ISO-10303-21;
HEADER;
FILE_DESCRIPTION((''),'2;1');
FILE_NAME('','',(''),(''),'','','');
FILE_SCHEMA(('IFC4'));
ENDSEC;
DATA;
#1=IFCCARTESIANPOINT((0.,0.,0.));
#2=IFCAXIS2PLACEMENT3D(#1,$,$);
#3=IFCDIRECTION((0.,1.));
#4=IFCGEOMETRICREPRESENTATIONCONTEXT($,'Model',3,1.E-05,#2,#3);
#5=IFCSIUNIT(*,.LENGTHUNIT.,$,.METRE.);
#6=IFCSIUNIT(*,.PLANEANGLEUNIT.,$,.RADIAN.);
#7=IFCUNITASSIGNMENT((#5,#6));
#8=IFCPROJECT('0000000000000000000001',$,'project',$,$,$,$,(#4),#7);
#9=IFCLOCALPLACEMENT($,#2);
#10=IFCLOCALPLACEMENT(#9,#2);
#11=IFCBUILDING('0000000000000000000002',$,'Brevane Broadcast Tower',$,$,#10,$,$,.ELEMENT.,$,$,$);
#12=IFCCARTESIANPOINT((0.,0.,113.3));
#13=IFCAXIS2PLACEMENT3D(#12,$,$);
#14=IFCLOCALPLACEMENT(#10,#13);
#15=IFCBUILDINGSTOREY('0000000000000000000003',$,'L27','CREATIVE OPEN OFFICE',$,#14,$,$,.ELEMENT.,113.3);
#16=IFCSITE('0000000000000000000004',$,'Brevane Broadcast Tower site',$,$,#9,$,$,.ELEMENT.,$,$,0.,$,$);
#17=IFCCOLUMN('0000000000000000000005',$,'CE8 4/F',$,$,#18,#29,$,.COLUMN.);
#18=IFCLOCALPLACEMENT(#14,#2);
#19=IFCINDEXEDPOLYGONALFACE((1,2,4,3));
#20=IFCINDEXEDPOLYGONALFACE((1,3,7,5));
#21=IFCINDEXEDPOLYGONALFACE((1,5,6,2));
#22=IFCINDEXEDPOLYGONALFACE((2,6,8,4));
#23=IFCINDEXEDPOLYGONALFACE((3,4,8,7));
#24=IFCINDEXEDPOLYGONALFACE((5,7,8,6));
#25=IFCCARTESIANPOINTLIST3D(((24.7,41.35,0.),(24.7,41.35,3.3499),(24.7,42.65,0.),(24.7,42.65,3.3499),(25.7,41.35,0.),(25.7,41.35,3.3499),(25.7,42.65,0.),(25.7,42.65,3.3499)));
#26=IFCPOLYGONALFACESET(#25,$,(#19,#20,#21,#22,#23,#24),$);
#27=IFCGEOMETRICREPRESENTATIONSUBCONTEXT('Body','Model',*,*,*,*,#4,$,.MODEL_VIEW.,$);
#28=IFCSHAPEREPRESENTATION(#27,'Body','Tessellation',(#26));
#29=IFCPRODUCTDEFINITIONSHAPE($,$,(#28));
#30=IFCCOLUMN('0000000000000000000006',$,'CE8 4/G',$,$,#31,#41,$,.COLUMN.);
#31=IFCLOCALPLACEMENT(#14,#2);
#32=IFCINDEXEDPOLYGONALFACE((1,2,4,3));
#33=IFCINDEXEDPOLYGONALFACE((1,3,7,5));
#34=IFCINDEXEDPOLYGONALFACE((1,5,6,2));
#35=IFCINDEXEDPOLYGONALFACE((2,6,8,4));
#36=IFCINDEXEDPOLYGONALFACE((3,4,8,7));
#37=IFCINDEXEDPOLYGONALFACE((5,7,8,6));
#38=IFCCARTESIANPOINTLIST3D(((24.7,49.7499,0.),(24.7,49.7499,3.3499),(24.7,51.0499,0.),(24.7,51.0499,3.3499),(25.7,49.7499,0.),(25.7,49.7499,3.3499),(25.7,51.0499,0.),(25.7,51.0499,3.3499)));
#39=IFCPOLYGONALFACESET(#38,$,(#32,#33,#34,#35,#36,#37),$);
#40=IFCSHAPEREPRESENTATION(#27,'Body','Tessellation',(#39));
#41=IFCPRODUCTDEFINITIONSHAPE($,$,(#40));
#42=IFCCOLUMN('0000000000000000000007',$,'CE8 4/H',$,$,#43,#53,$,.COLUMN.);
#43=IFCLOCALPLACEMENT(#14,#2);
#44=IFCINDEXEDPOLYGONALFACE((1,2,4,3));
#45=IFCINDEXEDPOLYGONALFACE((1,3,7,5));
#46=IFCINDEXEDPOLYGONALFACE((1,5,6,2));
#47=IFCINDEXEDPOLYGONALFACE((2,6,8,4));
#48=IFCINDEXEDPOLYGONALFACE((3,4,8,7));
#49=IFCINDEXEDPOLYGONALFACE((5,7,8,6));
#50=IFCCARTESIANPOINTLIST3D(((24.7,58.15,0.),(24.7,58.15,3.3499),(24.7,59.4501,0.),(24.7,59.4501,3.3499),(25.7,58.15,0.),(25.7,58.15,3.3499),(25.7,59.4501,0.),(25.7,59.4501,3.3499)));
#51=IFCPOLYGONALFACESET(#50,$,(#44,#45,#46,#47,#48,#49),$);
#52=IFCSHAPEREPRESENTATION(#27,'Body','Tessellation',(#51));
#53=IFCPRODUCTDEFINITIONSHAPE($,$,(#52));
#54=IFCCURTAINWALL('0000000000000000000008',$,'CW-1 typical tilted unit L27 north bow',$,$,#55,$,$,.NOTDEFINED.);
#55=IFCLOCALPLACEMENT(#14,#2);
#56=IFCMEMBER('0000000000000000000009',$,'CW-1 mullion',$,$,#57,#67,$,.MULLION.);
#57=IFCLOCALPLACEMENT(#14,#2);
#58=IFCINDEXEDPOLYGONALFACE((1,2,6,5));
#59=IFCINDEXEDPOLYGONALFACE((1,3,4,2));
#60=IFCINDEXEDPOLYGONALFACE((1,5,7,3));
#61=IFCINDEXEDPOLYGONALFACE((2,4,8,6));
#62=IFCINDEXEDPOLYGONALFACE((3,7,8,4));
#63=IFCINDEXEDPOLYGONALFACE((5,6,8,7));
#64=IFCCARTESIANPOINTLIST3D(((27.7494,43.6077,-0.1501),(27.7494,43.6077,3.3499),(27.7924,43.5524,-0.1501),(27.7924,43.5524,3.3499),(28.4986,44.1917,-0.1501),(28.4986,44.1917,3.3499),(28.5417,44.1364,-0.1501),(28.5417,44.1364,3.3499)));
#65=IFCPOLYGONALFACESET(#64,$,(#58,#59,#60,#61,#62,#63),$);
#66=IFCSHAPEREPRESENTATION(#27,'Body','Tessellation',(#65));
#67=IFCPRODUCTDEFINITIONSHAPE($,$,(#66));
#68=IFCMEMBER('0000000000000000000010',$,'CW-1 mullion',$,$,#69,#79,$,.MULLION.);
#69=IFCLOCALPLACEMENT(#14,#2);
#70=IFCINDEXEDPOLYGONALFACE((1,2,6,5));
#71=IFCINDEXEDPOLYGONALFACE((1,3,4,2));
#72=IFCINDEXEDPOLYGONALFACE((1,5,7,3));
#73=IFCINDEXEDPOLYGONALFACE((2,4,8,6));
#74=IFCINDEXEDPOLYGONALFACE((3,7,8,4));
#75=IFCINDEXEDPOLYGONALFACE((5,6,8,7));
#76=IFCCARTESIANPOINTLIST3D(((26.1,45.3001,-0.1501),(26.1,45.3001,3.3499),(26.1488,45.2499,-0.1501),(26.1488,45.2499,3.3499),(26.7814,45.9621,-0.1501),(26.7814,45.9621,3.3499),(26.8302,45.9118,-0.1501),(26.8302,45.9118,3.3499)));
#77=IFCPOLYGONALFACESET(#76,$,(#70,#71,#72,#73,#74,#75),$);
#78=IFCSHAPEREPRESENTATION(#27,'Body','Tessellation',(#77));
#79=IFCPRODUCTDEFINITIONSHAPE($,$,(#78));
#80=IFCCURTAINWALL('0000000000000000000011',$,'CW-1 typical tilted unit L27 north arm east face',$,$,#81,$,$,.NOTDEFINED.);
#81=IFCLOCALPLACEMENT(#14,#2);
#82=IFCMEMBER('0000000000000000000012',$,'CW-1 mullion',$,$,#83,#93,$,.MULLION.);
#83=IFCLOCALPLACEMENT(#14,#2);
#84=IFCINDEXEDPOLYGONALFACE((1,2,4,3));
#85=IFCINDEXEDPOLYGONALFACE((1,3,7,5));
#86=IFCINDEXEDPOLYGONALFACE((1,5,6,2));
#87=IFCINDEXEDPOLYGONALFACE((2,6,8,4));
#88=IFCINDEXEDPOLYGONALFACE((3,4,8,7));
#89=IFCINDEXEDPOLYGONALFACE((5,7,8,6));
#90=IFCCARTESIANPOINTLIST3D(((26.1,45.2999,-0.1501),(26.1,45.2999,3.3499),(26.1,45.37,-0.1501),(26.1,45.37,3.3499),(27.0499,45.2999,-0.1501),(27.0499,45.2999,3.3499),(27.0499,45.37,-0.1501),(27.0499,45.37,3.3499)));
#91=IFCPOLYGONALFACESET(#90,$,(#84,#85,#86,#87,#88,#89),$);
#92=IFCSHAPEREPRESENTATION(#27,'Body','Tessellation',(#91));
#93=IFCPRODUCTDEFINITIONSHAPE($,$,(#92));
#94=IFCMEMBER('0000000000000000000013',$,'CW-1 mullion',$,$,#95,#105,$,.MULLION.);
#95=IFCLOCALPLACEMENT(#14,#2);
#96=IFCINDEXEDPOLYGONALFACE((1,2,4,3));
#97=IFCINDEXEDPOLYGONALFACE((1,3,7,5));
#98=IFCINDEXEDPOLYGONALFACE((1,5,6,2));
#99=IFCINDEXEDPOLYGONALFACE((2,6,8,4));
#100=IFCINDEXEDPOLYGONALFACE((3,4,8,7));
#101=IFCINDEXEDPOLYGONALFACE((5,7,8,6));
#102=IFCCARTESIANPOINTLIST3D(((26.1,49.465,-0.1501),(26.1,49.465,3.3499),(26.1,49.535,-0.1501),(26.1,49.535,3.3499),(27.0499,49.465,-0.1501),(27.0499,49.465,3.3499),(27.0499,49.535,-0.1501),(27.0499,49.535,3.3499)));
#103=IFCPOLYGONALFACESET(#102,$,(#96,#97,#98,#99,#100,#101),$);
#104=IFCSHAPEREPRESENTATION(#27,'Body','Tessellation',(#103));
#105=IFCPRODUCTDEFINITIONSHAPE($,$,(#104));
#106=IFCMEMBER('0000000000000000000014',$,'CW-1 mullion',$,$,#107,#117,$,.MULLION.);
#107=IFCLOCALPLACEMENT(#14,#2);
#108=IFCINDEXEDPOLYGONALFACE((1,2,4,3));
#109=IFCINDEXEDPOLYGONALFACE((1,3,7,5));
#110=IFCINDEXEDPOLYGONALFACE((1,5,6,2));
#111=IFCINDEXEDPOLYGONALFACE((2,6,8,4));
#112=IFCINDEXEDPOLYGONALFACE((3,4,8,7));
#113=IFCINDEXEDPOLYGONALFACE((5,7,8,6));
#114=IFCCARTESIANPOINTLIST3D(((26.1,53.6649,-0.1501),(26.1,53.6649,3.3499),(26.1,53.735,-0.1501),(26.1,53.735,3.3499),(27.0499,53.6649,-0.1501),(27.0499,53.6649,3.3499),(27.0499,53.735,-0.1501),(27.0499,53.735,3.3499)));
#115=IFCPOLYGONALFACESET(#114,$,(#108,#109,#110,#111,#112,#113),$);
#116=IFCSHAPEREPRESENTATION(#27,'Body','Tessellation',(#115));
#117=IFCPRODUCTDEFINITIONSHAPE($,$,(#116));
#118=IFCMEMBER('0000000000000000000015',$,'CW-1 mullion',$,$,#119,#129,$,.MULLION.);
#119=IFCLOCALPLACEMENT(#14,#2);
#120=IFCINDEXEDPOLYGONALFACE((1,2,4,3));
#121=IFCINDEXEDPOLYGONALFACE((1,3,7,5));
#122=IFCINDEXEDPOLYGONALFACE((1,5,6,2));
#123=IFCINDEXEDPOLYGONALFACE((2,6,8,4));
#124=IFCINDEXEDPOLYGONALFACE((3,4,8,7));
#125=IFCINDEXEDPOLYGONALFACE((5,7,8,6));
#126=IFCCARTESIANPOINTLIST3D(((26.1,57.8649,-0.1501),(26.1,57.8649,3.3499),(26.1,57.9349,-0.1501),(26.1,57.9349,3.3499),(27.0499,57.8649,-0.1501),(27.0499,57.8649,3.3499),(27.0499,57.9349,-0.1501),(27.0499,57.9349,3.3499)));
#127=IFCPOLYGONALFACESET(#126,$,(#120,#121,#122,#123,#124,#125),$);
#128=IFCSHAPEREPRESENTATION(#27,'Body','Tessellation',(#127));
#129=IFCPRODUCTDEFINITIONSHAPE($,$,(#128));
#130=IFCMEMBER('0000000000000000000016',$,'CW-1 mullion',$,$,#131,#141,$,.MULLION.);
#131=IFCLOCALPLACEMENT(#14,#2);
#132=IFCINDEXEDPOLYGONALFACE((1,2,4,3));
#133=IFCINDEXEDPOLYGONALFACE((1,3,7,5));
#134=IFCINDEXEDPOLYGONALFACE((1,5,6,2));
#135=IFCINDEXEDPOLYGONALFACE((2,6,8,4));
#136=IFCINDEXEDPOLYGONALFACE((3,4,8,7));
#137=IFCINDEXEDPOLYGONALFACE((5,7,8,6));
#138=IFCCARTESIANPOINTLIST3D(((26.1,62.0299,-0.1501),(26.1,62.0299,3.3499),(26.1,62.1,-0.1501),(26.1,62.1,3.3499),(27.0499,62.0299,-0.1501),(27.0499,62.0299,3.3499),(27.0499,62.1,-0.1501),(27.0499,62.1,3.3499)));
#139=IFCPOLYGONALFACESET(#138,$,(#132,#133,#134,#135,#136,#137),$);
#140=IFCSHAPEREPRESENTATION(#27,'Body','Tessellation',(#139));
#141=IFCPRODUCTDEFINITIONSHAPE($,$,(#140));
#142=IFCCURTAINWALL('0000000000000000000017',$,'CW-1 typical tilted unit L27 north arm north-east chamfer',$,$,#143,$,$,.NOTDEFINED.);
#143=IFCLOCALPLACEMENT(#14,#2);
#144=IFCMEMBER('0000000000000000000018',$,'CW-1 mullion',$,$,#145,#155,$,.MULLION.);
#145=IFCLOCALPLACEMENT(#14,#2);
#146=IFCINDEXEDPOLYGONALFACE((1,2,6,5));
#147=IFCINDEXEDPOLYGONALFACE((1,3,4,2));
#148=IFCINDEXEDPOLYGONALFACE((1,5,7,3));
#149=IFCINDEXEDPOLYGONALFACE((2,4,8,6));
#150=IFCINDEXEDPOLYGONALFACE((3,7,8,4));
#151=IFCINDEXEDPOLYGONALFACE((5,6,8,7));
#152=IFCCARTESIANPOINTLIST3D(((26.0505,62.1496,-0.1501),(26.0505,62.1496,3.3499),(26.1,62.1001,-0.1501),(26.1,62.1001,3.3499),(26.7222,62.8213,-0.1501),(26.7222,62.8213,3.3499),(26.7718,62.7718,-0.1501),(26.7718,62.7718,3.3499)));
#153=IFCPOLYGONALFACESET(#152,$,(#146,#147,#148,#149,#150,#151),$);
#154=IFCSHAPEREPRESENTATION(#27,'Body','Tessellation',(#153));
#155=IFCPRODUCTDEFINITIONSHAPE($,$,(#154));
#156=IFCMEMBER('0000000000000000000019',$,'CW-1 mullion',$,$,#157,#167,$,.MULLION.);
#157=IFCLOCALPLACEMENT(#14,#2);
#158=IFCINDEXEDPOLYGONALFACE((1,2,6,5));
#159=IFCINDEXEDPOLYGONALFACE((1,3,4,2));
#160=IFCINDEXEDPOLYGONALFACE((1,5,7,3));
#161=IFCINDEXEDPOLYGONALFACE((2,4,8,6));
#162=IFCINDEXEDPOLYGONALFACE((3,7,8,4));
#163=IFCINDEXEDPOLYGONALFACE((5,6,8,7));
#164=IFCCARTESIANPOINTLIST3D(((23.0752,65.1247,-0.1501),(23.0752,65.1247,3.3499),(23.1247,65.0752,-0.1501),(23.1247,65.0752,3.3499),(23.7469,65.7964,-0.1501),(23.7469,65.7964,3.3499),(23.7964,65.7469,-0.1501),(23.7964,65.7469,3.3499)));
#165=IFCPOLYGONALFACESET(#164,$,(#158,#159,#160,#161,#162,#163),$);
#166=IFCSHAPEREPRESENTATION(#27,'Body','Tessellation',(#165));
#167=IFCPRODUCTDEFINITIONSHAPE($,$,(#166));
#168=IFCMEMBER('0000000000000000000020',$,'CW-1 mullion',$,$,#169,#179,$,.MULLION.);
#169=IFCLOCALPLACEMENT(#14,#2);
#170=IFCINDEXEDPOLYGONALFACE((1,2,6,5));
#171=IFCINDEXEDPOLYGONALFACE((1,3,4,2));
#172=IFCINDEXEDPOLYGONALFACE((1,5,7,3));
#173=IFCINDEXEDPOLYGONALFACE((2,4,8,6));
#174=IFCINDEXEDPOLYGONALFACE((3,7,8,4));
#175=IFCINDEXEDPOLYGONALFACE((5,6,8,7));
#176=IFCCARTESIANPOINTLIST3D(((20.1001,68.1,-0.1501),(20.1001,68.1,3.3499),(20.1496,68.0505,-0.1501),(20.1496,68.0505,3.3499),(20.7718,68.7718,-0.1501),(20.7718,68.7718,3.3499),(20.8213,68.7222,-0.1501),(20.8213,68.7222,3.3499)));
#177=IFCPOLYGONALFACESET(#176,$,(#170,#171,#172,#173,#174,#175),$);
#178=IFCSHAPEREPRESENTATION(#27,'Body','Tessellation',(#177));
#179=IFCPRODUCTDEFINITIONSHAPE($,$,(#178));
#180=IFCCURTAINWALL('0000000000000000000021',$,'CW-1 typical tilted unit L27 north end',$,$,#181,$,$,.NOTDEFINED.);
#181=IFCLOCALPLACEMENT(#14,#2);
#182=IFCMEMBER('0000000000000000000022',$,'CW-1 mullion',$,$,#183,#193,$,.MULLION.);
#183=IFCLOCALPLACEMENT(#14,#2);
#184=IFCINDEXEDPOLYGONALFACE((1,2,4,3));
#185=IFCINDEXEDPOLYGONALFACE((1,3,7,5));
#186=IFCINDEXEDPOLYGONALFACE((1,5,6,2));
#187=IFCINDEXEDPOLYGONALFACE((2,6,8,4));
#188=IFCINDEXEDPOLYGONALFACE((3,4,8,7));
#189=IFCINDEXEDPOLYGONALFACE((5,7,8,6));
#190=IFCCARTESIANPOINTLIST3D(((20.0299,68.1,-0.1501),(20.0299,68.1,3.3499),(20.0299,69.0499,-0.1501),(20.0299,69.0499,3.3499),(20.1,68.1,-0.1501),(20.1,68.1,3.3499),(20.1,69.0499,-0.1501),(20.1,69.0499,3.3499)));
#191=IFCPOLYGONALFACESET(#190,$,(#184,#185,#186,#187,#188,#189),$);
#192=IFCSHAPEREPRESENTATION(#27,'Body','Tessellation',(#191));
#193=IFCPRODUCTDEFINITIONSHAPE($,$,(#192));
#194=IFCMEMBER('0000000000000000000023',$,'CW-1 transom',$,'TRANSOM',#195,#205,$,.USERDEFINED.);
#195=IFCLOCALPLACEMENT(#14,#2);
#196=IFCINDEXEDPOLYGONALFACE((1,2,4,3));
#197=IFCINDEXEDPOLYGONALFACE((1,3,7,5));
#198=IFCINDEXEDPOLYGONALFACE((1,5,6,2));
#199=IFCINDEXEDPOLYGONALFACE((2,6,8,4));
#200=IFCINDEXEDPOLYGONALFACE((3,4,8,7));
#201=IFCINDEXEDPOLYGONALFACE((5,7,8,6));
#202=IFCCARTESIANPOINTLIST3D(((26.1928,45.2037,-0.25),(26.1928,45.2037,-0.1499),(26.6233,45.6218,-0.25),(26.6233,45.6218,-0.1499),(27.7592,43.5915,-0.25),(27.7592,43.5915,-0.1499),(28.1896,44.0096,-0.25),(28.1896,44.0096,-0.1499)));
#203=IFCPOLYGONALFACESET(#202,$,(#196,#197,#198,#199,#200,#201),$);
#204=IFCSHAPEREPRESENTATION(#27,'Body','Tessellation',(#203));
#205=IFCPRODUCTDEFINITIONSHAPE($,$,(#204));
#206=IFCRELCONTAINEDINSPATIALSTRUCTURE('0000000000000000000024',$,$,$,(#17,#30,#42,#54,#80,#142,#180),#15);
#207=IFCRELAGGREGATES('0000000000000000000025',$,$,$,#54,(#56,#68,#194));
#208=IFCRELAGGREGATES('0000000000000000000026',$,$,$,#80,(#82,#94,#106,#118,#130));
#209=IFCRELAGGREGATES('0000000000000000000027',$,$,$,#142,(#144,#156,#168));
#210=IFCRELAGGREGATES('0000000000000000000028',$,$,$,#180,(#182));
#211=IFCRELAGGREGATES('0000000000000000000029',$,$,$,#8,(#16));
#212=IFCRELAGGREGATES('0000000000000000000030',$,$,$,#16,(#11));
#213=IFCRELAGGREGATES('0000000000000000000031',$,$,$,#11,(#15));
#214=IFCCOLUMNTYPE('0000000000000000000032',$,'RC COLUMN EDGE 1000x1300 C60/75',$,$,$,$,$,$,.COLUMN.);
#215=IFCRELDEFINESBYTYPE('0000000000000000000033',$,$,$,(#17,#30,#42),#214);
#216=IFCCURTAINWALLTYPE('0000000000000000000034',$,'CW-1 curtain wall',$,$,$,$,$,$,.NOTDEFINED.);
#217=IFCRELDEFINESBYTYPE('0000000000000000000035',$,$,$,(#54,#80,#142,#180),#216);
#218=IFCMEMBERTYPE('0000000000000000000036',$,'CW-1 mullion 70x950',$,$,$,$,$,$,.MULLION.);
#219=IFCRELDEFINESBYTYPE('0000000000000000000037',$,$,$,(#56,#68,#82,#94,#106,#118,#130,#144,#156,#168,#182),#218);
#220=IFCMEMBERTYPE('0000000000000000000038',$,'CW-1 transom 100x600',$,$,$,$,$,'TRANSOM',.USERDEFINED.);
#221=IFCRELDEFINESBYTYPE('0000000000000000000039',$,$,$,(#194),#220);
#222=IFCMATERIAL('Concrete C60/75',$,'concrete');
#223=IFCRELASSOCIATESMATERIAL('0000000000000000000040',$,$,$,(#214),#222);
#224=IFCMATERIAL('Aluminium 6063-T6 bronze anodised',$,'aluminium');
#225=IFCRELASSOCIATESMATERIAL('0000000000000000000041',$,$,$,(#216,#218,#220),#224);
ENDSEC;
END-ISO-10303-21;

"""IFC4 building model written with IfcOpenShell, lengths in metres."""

from ifc_helpers import new_model, si_unit, direction, frame, origin, origin_2d, place, context, subcontext, project, spatial, rectangle, extrude, material, material_profile, profile_set, type_object, element, aggregate, save


model = new_model("IFC4")

# Units and contexts
model_context = context("Model", 3, precision=1e-05, world=origin(), true_north=direction((0.0, 1.0)))
body_context = subcontext(model_context, "Body", "Model", "MODEL_VIEW")
ifc_project = project(units=[si_unit("LENGTHUNIT", "METRE"), si_unit("PLANEANGLEUNIT", "RADIAN")], contexts=[model_context])

# Site, building, storey
site_placement = place(None, origin())
site = spatial("IfcSite", under=ifc_project, at=site_placement, Name="Brevane Broadcast Tower site", CompositionType="ELEMENT", RefElevation=0.0)
building_placement = place(site_placement, origin())
building = spatial("IfcBuilding", under=site, at=building_placement, Name="Brevane Broadcast Tower", CompositionType="ELEMENT")
storey_placement = place(building_placement, frame((0.0, 0.0, 113.3)))
storey = spatial("IfcBuildingStorey", under=building, at=storey_placement, Name="L27", Description="CREATIVE OPEN OFFICE", CompositionType="ELEMENT", Elevation=113.3)

# Columns
ifc_material_1 = material(Name="Concrete C60/75", Category="concrete")
ifc_material_profile_1 = material_profile(ifc_material_1, rectangle(XDim=1.0, YDim=1.3, at=origin_2d()), Name="RC 1000x1300")
ifc_profile_set_1 = profile_set([ifc_material_profile_1], Name="Concrete C60/75")
column_type = type_object("IfcColumnType", Name="RC COLUMN EDGE 1000x1300 C60/75", PredefinedType="COLUMN", material=ifc_profile_set_1)
for number, where, z_axis, x_axis, name in (
    (1, (25.2, 42.0, 0.0), (0.0, 0.0, 1.0), (1.0, 0.0, 0.0), "CE8 4/F"),
    (2, (25.2, 50.3999, 0.0), (0.0, 0.0, 1.0), (1.0, 0.0, 0.0), "CE8 4/G"),
    (3, (25.2, 58.8, 0.0), (0.0, 0.0, 1.0), (1.0, 0.0, 0.0), "CE8 4/H"),
):
    element("IfcColumn", number, at=place(storey_placement, frame(where, z_axis=z_axis, x_axis=x_axis)), inside=storey, type_object=column_type, Name=name, PredefinedType="COLUMN", context=body_context, shape_type="SweptSolid", body=[
        extrude(rectangle(XDim=1.0, YDim=1.3, at=origin_2d()), origin(), (0.0, 0.0, 1.0), 3.3499),
    ])

# Curtain walls, members
ifc_material_2 = material(Name="Aluminium 6063-T6 bronze anodised", Category="aluminium")
curtain_wall_type = type_object("IfcCurtainWallType", Name="CW-1 curtain wall", PredefinedType="NOTDEFINED", material=ifc_material_2)
curtain_wall_1_placement = place(storey_placement, origin())
curtain_wall_1 = element("IfcCurtainWall", 4, at=curtain_wall_1_placement, inside=storey, type_object=curtain_wall_type, Name="CW-1 typical tilted unit L27 north bow", PredefinedType="NOTDEFINED")
ifc_material_profile_2 = material_profile(ifc_material_2, rectangle(XDim=0.95, YDim=0.0701, at=origin_2d()), Name="RECT 70x950")
ifc_profile_set_2 = profile_set([ifc_material_profile_2], Name="Aluminium 6063-T6 bronze anodised")
member_type_1 = type_object("IfcMemberType", Name="CW-1 mullion 70x950", PredefinedType="MULLION", material=ifc_profile_set_2)
member_1_placement = place(storey_placement, frame((28.1455, 43.8721, -0.1501), z_axis=(0.0, 0.0, 1.0), x_axis=(-0.788707, -0.61477, 0.0)))
member_1 = element("IfcMember", 5, at=member_1_placement, type_object=member_type_1, Name="CW-1 mullion", PredefinedType="MULLION", context=body_context, shape_type="SweptSolid", body=[
    extrude(rectangle(XDim=0.95, YDim=0.0701, at=origin_2d()), origin(), (0.0, 0.0, 1.0), 3.5),
])
member_2_placement = place(storey_placement, frame((26.4651, 45.606, -0.1501), z_axis=(0.0, 0.0, 1.0), x_axis=(-0.717254, -0.696812, 0.0)))
member_2 = element("IfcMember", 6, at=member_2_placement, type_object=member_type_1, Name="CW-1 mullion", PredefinedType="MULLION", context=body_context, shape_type="SweptSolid", body=[
    extrude(rectangle(XDim=0.95, YDim=0.0701, at=origin_2d()), origin(), (0.0, 0.0, 1.0), 3.5),
])
curtain_wall_2_placement = place(storey_placement, origin())
curtain_wall_2 = element("IfcCurtainWall", 7, at=curtain_wall_2_placement, inside=storey, type_object=curtain_wall_type, Name="CW-1 typical tilted unit L27 north arm east face", PredefinedType="NOTDEFINED")
member_3_placement = place(storey_placement, frame((26.575, 45.335, -0.1501), z_axis=(0.0, 0.0, 1.0), x_axis=(-1.0, 0.0, 0.0)))
member_3 = element("IfcMember", 8, at=member_3_placement, type_object=member_type_1, Name="CW-1 mullion", PredefinedType="MULLION", context=body_context, shape_type="SweptSolid", body=[
    extrude(rectangle(XDim=0.95, YDim=0.0701, at=origin_2d()), origin(), (0.0, 0.0, 1.0), 3.5),
])
member_4_placement = place(storey_placement, frame((26.575, 49.5, -0.1501), z_axis=(0.0, 0.0, 1.0), x_axis=(-1.0, 0.0, 0.0)))
member_4 = element("IfcMember", 9, at=member_4_placement, type_object=member_type_1, Name="CW-1 mullion", PredefinedType="MULLION", context=body_context, shape_type="SweptSolid", body=[
    extrude(rectangle(XDim=0.95, YDim=0.0701, at=origin_2d()), origin(), (0.0, 0.0, 1.0), 3.5),
])
member_5_placement = place(storey_placement, frame((26.575, 53.7, -0.1501), z_axis=(0.0, 0.0, 1.0), x_axis=(-1.0, 0.0, 0.0)))
member_5 = element("IfcMember", 10, at=member_5_placement, type_object=member_type_1, Name="CW-1 mullion", PredefinedType="MULLION", context=body_context, shape_type="SweptSolid", body=[
    extrude(rectangle(XDim=0.95, YDim=0.0701, at=origin_2d()), origin(), (0.0, 0.0, 1.0), 3.5),
])
member_6_placement = place(storey_placement, frame((26.575, 57.8999, -0.1501), z_axis=(0.0, 0.0, 1.0), x_axis=(-1.0, 0.0, 0.0)))
member_6 = element("IfcMember", 11, at=member_6_placement, type_object=member_type_1, Name="CW-1 mullion", PredefinedType="MULLION", context=body_context, shape_type="SweptSolid", body=[
    extrude(rectangle(XDim=0.95, YDim=0.0701, at=origin_2d()), origin(), (0.0, 0.0, 1.0), 3.5),
])
member_7_placement = place(storey_placement, frame((26.575, 62.0649, -0.1501), z_axis=(0.0, 0.0, 1.0), x_axis=(-1.0, 0.0, 0.0)))
member_7 = element("IfcMember", 12, at=member_7_placement, type_object=member_type_1, Name="CW-1 mullion", PredefinedType="MULLION", context=body_context, shape_type="SweptSolid", body=[
    extrude(rectangle(XDim=0.95, YDim=0.0701, at=origin_2d()), origin(), (0.0, 0.0, 1.0), 3.5),
])
curtain_wall_3_placement = place(storey_placement, origin())
curtain_wall_3 = element("IfcCurtainWall", 13, at=curtain_wall_3_placement, inside=storey, type_object=curtain_wall_type, Name="CW-1 typical tilted unit L27 north arm north-east chamfer", PredefinedType="NOTDEFINED")
member_8_placement = place(storey_placement, frame((26.4111, 62.4607, -0.1501), z_axis=(0.0, 0.0, 1.0), x_axis=(-0.707107, -0.707107, 0.0)))
member_8 = element("IfcMember", 14, at=member_8_placement, type_object=member_type_1, Name="CW-1 mullion", PredefinedType="MULLION", context=body_context, shape_type="SweptSolid", body=[
    extrude(rectangle(XDim=0.95, YDim=0.0701, at=origin_2d()), origin(), (0.0, 0.0, 1.0), 3.5),
])
member_9_placement = place(storey_placement, frame((23.4358, 65.4358, -0.1501), z_axis=(0.0, 0.0, 1.0), x_axis=(-0.707107, -0.707107, 0.0)))
member_9 = element("IfcMember", 15, at=member_9_placement, type_object=member_type_1, Name="CW-1 mullion", PredefinedType="MULLION", context=body_context, shape_type="SweptSolid", body=[
    extrude(rectangle(XDim=0.95, YDim=0.0701, at=origin_2d()), origin(), (0.0, 0.0, 1.0), 3.5),
])
member_10_placement = place(storey_placement, frame((20.4607, 68.4111, -0.1501), z_axis=(0.0, 0.0, 1.0), x_axis=(-0.707107, -0.707107, 0.0)))
member_10 = element("IfcMember", 16, at=member_10_placement, type_object=member_type_1, Name="CW-1 mullion", PredefinedType="MULLION", context=body_context, shape_type="SweptSolid", body=[
    extrude(rectangle(XDim=0.95, YDim=0.0701, at=origin_2d()), origin(), (0.0, 0.0, 1.0), 3.5),
])

# Curtain wall, member
curtain_wall_4_placement = place(storey_placement, origin())
curtain_wall_4 = element("IfcCurtainWall", 17, at=curtain_wall_4_placement, inside=storey, type_object=curtain_wall_type, Name="CW-1 typical tilted unit L27 north end", PredefinedType="NOTDEFINED")
member_11_placement = place(storey_placement, frame((20.0649, 68.575, -0.1501), z_axis=(0.0, 0.0, 1.0), x_axis=(0.0, -1.0, 0.0)))
member_11 = element("IfcMember", 18, at=member_11_placement, type_object=member_type_1, Name="CW-1 mullion", PredefinedType="MULLION", context=body_context, shape_type="SweptSolid", body=[
    extrude(rectangle(XDim=0.95, YDim=0.0701, at=origin_2d()), origin(), (0.0, 0.0, 1.0), 3.5),
])

# Member
ifc_material_profile_3 = material_profile(ifc_material_2, rectangle(XDim=0.6001, YDim=0.1001, at=origin_2d()), Name="RECT 100x600")
ifc_profile_set_3 = profile_set([ifc_material_profile_3], Name="Aluminium 6063-T6 bronze anodised")
member_type_2 = type_object("IfcMemberType", Name="CW-1 transom 100x600", ElementType="TRANSOM", PredefinedType="USERDEFINED", material=ifc_profile_set_3)
member_12_placement = place(storey_placement, frame((27.9744, 43.8005, -0.2), z_axis=(-0.696824, 0.717242, 0.0), x_axis=(-0.717242, -0.696824, 0.0)))
member_12 = element("IfcMember", 19, at=member_12_placement, type_object=member_type_2, Name="CW-1 transom", ObjectType="TRANSOM", PredefinedType="USERDEFINED", context=body_context, shape_type="SweptSolid", body=[
    extrude(rectangle(XDim=0.6001, YDim=0.1001, at=origin_2d()), origin(), (0.0, 0.0, 1.0), 2.2478),
])
aggregate(curtain_wall_1, [member_1, member_2, member_12])
aggregate(curtain_wall_2, [member_3, member_4, member_5, member_6, member_7])
aggregate(curtain_wall_3, [member_8, member_9, member_10])
aggregate(curtain_wall_4, [member_11])

save(model, "model.ifc")
